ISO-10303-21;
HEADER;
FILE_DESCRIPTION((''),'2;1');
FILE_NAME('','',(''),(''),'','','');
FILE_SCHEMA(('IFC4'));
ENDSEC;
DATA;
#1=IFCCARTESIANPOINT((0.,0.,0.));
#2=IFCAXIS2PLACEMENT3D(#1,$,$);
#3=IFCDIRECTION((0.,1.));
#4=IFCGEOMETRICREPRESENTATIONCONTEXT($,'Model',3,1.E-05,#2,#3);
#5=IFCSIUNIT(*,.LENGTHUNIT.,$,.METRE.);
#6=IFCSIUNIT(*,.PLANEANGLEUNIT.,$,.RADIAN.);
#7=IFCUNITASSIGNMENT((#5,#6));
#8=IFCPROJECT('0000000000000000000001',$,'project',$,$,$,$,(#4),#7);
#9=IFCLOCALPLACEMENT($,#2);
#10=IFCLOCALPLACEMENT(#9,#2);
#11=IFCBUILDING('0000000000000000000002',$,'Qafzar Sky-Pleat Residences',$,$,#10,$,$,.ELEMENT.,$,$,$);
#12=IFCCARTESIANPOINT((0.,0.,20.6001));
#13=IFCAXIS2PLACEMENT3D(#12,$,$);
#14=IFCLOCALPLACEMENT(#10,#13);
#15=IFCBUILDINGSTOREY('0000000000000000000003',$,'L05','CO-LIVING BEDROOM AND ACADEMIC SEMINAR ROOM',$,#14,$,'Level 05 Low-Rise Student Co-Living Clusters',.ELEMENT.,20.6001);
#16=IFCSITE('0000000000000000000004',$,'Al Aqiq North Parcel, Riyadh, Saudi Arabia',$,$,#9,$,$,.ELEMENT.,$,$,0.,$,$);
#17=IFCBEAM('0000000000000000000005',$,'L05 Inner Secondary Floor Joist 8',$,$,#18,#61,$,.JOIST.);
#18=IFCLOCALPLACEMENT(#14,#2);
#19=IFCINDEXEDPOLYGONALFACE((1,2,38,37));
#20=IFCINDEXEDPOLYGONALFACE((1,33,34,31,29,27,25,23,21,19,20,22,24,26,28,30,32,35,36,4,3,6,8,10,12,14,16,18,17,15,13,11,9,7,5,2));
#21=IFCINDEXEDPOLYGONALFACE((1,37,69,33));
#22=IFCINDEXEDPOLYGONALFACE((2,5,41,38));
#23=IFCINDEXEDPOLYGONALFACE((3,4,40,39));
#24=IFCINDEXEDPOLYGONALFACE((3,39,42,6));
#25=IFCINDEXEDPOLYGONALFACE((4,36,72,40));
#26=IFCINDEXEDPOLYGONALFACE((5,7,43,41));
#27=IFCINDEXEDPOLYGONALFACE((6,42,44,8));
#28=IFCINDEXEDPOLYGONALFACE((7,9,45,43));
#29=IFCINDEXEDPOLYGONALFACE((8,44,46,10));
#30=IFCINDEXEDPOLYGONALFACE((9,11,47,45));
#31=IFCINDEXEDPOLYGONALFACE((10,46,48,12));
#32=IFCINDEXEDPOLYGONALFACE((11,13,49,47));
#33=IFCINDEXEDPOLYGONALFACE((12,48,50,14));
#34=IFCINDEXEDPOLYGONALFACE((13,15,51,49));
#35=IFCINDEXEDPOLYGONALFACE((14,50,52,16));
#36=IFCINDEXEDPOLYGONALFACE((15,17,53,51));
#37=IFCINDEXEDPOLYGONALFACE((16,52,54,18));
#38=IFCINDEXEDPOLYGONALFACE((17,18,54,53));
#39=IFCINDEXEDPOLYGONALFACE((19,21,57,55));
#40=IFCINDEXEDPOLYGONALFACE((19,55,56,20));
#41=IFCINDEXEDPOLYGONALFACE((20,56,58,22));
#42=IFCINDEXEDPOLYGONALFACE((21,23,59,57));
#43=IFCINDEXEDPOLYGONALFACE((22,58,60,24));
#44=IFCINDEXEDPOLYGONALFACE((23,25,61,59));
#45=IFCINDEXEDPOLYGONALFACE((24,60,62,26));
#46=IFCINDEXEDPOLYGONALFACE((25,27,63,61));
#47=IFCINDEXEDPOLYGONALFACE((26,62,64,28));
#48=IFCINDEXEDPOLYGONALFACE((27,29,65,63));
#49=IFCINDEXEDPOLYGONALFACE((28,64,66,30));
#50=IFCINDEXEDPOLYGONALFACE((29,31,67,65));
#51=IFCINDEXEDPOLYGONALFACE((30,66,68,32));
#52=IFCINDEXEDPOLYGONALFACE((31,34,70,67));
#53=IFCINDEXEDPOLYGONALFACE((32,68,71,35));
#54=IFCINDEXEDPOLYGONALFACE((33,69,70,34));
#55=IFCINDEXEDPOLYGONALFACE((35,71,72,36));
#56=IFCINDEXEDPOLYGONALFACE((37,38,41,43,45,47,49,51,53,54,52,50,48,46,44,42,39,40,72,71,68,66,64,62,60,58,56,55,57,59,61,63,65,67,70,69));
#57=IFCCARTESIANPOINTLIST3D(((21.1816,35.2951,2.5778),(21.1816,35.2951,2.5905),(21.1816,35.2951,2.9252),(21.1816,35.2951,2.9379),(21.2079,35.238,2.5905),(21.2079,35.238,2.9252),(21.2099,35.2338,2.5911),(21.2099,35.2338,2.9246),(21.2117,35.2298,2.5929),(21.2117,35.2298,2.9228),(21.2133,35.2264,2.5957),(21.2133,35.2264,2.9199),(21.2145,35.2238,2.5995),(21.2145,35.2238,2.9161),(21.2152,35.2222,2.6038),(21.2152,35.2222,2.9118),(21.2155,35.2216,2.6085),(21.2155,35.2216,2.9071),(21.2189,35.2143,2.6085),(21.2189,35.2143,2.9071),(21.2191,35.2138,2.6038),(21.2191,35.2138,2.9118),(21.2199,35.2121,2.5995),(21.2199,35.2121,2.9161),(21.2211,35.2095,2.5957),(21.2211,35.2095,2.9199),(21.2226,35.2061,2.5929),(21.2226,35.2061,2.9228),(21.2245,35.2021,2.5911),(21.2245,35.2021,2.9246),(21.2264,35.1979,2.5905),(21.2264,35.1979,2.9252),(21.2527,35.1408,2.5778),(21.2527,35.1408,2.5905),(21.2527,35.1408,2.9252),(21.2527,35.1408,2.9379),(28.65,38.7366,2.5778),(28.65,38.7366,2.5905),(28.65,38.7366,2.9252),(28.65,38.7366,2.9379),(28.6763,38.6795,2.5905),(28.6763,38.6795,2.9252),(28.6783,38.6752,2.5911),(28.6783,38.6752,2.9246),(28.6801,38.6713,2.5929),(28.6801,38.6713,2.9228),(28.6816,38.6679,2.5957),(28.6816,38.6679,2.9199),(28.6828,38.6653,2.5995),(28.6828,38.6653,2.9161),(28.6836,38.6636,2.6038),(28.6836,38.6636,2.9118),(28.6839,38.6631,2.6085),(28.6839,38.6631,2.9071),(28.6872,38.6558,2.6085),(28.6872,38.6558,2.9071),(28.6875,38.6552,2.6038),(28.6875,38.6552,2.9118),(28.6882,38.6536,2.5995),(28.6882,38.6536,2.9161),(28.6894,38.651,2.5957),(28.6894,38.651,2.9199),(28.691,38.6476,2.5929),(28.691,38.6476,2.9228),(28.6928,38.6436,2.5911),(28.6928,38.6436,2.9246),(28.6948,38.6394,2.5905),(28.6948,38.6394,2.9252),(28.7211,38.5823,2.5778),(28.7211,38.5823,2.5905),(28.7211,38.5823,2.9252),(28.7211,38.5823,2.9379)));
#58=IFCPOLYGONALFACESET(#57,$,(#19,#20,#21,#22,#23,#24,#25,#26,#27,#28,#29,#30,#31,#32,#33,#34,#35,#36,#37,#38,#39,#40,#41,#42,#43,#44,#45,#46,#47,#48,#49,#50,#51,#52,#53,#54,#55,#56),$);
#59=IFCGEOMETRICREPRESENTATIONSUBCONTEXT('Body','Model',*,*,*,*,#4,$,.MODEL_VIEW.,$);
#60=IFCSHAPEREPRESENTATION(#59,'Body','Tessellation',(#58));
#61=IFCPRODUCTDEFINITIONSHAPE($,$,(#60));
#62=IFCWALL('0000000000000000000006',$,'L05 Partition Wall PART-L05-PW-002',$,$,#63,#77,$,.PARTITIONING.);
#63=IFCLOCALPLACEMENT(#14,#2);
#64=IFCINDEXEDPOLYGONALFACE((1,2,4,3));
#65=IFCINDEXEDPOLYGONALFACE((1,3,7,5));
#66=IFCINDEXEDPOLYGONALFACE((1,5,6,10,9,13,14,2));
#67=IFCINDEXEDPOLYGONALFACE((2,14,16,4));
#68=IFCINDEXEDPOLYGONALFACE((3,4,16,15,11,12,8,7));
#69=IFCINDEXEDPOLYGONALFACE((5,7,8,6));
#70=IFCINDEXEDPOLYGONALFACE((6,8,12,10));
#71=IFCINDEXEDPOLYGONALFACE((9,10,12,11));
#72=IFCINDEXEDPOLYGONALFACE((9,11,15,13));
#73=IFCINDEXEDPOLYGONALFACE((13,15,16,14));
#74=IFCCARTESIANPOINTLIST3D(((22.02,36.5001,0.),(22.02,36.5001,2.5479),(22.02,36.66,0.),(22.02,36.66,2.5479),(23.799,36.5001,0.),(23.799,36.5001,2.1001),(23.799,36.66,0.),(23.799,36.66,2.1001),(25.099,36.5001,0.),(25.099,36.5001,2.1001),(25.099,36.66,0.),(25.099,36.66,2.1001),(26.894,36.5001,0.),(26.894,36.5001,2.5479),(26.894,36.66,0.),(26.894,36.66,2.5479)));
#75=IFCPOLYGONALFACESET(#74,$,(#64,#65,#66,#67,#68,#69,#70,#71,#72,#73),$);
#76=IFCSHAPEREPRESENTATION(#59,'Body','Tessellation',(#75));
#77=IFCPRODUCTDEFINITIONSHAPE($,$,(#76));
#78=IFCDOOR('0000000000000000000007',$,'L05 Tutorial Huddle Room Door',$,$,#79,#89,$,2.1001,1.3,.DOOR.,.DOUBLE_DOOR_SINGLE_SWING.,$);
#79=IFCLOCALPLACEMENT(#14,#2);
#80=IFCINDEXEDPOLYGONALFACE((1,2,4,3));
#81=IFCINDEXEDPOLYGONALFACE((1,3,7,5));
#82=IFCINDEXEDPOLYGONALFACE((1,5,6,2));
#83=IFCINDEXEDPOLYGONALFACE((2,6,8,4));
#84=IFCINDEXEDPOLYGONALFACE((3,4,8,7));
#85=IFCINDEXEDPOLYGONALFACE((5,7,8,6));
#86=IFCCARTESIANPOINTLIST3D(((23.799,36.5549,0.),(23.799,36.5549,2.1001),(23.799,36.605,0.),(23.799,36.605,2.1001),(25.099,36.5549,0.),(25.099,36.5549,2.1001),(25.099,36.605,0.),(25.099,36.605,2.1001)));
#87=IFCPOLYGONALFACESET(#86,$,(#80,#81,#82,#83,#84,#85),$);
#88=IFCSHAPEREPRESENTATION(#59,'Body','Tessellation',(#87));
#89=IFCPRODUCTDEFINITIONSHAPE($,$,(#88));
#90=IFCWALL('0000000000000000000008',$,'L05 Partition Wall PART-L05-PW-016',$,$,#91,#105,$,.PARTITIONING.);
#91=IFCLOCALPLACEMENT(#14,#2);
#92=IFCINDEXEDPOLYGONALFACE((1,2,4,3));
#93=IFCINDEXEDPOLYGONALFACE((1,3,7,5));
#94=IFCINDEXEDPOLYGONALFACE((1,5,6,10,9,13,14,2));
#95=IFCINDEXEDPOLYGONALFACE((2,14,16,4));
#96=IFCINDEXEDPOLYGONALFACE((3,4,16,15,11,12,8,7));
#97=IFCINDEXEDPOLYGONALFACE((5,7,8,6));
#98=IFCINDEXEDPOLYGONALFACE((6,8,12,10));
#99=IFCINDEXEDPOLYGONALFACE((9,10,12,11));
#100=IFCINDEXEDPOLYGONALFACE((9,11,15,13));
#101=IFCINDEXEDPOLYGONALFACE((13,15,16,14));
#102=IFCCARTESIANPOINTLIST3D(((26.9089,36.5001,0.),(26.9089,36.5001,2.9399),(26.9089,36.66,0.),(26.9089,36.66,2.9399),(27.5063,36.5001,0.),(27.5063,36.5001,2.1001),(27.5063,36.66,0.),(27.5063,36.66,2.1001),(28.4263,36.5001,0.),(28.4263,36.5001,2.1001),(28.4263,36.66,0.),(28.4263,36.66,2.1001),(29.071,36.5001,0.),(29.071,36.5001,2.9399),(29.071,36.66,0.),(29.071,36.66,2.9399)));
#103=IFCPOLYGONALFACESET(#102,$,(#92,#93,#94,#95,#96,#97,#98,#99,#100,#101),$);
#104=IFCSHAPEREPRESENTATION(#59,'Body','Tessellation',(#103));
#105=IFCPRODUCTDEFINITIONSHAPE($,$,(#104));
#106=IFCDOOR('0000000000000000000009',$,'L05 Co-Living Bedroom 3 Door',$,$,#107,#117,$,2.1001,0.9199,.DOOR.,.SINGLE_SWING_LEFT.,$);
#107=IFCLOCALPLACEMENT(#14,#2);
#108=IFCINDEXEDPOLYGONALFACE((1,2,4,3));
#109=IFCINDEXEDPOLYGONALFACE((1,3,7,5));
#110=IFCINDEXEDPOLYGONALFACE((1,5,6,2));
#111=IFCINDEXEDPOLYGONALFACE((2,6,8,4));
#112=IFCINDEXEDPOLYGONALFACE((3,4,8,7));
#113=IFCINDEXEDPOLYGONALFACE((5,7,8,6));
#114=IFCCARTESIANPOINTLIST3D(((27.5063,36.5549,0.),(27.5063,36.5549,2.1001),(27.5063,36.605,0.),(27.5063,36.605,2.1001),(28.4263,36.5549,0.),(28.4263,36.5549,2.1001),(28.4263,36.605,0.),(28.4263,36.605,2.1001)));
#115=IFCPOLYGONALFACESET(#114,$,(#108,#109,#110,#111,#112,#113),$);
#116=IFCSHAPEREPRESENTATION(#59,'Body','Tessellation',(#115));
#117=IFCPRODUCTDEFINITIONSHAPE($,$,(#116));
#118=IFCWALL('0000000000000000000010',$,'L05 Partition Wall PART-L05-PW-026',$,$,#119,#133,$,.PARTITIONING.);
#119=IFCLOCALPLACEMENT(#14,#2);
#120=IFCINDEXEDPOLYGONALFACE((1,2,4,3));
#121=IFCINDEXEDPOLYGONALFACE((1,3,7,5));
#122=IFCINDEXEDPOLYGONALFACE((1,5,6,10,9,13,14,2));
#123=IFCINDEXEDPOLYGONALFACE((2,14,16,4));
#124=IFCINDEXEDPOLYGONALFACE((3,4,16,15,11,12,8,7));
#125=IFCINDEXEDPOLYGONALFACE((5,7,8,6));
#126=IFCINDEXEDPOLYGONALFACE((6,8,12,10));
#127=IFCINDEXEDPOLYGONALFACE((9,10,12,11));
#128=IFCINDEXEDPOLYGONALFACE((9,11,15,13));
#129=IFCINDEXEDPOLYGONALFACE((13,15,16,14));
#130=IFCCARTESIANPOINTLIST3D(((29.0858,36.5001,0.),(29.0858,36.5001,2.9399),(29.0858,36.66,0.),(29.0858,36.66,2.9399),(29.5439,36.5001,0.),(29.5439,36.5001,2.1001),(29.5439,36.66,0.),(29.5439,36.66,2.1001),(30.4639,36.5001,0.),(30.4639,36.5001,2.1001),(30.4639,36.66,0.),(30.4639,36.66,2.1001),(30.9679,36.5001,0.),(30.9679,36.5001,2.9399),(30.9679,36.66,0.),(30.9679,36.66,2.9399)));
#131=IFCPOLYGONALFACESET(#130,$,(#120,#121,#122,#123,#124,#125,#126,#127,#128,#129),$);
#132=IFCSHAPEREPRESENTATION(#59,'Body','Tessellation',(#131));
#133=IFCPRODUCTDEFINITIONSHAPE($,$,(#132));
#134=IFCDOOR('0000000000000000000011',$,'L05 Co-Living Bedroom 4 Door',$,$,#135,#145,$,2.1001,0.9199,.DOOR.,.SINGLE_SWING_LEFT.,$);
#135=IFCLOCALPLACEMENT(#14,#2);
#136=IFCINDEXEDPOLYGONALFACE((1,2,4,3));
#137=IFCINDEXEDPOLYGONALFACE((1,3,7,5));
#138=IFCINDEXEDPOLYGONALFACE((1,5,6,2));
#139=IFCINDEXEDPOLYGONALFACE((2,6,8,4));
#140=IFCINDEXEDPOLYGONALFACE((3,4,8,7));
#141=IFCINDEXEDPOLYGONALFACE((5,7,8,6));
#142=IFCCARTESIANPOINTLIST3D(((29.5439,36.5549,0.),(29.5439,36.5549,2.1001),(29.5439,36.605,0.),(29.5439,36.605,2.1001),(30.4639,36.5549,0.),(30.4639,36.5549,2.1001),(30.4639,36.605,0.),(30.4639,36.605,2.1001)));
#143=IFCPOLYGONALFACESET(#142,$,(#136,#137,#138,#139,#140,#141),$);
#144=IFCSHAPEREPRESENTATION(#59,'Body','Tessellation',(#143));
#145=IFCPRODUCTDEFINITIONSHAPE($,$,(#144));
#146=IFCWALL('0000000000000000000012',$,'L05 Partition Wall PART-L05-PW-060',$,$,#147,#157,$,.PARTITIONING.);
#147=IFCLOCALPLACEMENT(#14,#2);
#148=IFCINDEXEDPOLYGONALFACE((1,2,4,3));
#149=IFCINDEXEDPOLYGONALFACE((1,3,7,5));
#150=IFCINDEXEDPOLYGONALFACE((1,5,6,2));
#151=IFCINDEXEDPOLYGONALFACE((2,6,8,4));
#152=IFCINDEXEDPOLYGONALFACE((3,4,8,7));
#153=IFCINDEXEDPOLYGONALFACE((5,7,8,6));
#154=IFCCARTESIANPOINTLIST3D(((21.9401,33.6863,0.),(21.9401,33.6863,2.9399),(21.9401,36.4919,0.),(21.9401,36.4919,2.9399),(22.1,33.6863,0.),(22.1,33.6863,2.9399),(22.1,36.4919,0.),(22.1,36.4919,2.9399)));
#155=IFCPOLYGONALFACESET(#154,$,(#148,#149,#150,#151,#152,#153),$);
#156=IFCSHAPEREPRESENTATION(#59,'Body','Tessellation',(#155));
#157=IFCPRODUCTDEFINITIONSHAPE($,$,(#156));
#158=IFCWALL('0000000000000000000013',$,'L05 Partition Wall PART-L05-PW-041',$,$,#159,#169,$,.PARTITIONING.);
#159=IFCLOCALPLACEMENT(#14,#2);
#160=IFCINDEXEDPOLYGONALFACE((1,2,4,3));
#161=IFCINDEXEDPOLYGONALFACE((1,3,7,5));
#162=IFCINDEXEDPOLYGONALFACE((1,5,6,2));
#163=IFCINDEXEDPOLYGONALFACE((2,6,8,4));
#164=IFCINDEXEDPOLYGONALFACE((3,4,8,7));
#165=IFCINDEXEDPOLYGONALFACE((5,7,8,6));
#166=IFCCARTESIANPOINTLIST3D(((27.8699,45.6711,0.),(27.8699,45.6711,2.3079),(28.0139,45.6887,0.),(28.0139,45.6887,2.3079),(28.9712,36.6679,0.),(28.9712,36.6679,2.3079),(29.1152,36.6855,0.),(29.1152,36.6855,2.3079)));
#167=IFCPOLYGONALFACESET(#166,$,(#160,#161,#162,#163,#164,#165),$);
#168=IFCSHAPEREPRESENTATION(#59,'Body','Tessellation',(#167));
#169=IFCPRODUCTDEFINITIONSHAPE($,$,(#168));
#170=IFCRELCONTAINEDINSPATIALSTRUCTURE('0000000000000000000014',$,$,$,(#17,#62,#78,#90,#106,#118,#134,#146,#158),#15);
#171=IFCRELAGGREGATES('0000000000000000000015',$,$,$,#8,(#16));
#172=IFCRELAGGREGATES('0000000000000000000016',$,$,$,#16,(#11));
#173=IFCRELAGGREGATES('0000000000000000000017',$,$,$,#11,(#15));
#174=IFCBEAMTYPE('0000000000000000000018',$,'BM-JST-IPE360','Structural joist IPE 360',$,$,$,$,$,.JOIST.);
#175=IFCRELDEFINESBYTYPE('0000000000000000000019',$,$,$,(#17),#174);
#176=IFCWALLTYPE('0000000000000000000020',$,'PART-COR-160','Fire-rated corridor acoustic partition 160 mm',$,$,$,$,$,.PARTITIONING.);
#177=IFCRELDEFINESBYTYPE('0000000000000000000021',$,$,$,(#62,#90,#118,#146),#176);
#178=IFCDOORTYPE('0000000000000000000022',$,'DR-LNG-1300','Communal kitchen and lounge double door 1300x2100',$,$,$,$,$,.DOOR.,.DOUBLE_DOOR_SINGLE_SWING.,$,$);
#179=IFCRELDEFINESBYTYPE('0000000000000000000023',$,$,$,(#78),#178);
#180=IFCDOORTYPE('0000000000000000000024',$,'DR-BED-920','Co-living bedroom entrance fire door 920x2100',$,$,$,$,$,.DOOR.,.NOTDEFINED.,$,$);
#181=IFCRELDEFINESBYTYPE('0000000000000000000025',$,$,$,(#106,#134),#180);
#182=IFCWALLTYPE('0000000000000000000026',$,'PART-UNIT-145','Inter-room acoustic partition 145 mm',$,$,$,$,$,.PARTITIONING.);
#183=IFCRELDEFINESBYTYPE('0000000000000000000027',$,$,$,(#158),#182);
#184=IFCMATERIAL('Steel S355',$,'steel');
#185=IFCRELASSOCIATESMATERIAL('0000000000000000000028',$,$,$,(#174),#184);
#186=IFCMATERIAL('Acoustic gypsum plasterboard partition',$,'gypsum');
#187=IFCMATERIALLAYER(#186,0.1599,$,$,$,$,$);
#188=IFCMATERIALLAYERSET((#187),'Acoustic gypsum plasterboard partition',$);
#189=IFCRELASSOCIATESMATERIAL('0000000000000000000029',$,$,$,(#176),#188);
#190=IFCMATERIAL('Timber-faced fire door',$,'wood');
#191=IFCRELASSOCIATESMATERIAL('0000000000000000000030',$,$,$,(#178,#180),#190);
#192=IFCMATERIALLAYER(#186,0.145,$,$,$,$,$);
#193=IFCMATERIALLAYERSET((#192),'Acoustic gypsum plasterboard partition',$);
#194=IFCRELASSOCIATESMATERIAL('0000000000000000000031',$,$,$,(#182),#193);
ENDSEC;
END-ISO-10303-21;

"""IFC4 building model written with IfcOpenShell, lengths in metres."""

from ifc_helpers import new_model, si_unit, direction, frame, frame_2d, origin, origin_2d, place, context, subcontext, project, spatial, rectangle, i_section, extrude, source, transform, mapped, material, layer, layer_set, material_profile, profile_set, type_object, element, fill, save


model = new_model("IFC4")

# Units and contexts
model_context = context("Model", 3, precision=1e-05, world=origin(), true_north=direction((0.0, 1.0)))
body_context = subcontext(model_context, "Body", "Model", "MODEL_VIEW")
ifc_project = project(units=[si_unit("LENGTHUNIT", "METRE"), si_unit("PLANEANGLEUNIT", "RADIAN")], contexts=[model_context])

# Site, building, storey
site_placement = place(None, origin())
site = spatial("IfcSite", under=ifc_project, at=site_placement, Name="Al Aqiq North Parcel, Riyadh, Saudi Arabia", CompositionType="ELEMENT", RefElevation=0.0)
building_placement = place(site_placement, origin())
building = spatial("IfcBuilding", under=site, at=building_placement, Name="Qafzar Sky-Pleat Residences", CompositionType="ELEMENT")
storey_placement = place(building_placement, frame((0.0, 0.0, 20.6001)))
storey = spatial("IfcBuildingStorey", under=building, at=storey_placement, Name="L05", Description="CO-LIVING BEDROOM AND ACADEMIC SEMINAR ROOM", LongName="Level 05 Low-Rise Student Co-Living Clusters", CompositionType="ELEMENT", Elevation=20.6001)

# Beam
ifc_material_1 = material(Name="Steel S355", Category="steel")
ifc_material_profile_1 = material_profile(ifc_material_1, i_section(OverallWidth=0.1699, OverallDepth=0.3601, WebThickness=0.0081, FlangeThickness=0.0127, FilletRadius=0.0181, at=origin_2d()), Name="IPE 360")
ifc_profile_set_1 = profile_set([ifc_material_profile_1], Name="Steel S355")
beam_type_1 = type_object("IfcBeamType", Name="BM-JST-IPE360", Description="Structural joist IPE 360", PredefinedType="JOIST", material=ifc_profile_set_1)
shared_shape_1 = source(origin(), body_context, "Body", "SweptSolid", [
    extrude(i_section(OverallWidth=0.1699, OverallDepth=0.3601, WebThickness=0.0081, FlangeThickness=0.0127, FilletRadius=0.0181, at=origin_2d()), origin(), (0.0, 0.0, 1.0), 8.2231),
])
beam_1_placement = place(storey_placement, frame((28.6855, 38.6594, 2.7578), z_axis=(-0.908213, -0.418508, 0.0), x_axis=(0.418508, -0.908213, 0.0)))
element("IfcBeam", 1, at=beam_1_placement, inside=storey, type_object=beam_type_1, Name="L05 Inner Secondary Floor Joist 8", PredefinedType="JOIST", context=body_context, shape_type="MappedRepresentation", body=[
    mapped(shared_shape_1, transform((0.0, 0.0, 0.0), x_axis=(1.0, 0.0, 0.0), y_axis=(0.0, 1.0, 0.0), z_axis=(0.0, 0.0, 1.0), scale=1.0)),
])

# Walls, openings, doors
ifc_material_2 = material(Name="Acoustic gypsum plasterboard partition", Category="gypsum")
ifc_layer_1 = layer(ifc_material_2, 0.1599)
ifc_layer_set_1 = layer_set([ifc_layer_1], Name="Acoustic gypsum plasterboard partition")
wall_type_1 = type_object("IfcWallType", Name="PART-COR-160", Description="Fire-rated corridor acoustic partition 160 mm", PredefinedType="PARTITIONING", material=ifc_layer_set_1)
wall_1_placement = place(storey_placement, frame((22.02, 36.5801, 0.0), z_axis=(0.0, 0.0, 1.0), x_axis=(1.0, 0.0, 0.0)))
wall_1 = element("IfcWall", 2, at=wall_1_placement, inside=storey, type_object=wall_type_1, Name="L05 Partition Wall PART-L05-PW-002", PredefinedType="PARTITIONING", context=body_context, shape_type="SweptSolid", body=[
    extrude(rectangle(XDim=4.874, YDim=0.1599, at=frame_2d((2.437, 0.0))), origin(), (0.0, 0.0, 1.0), 2.5479),
])
opening_1_placement = place(wall_1_placement, frame((1.7791, 0.0, 0.0)))
opening_1 = element("IfcOpeningElement", 3, at=opening_1_placement, cuts=wall_1, PredefinedType="OPENING", context=body_context, shape_type="SweptSolid", body=[
    extrude(rectangle(XDim=1.3, YDim=2.1001, at=frame_2d((0.6499, 1.05))), frame((0.0, 0.0898, 0.0), z_axis=(0.0, -1.0, 0.0), x_axis=(1.0, 0.0, 0.0)), (0.0, 0.0, 1.0), 0.1799),
])
ifc_material_3 = material(Name="Timber-faced fire door", Category="wood")
door_type_1 = type_object("IfcDoorType", Name="DR-LNG-1300", Description="Communal kitchen and lounge double door 1300x2100", OperationType="DOUBLE_DOOR_SINGLE_SWING", PredefinedType="DOOR", material=ifc_material_3)
shared_shape_2 = source(origin(), body_context, "Body", "SweptSolid", [
    extrude(rectangle(XDim=1.3, YDim=2.1001, at=frame_2d((0.6499, 1.05))), frame((0.0, 0.0249, 0.0), z_axis=(0.0, -1.0, 0.0), x_axis=(1.0, 0.0, 0.0)), (0.0, 0.0, 1.0), 0.05),
])
door_1_placement = place(opening_1_placement, origin())
door_1 = element("IfcDoor", 4, at=door_1_placement, inside=storey, type_object=door_type_1, Name="L05 Tutorial Huddle Room Door", OperationType="DOUBLE_DOOR_SINGLE_SWING", OverallHeight=2.1001, OverallWidth=1.3, PredefinedType="DOOR", context=body_context, shape_type="MappedRepresentation", body=[
    mapped(shared_shape_2, transform((0.0, 0.0, 0.0), x_axis=(1.0, 0.0, 0.0), y_axis=(0.0, 1.0, 0.0), z_axis=(0.0, 0.0, 1.0), scale=1.0)),
])
fill(opening_1, door_1)
wall_2_placement = place(storey_placement, frame((26.9089, 36.5801, 0.0), z_axis=(0.0, 0.0, 1.0), x_axis=(1.0, 0.0, 0.0)))
wall_2 = element("IfcWall", 5, at=wall_2_placement, inside=storey, type_object=wall_type_1, Name="L05 Partition Wall PART-L05-PW-016", PredefinedType="PARTITIONING", context=body_context, shape_type="SweptSolid", body=[
    extrude(rectangle(XDim=2.1621, YDim=0.1599, at=frame_2d((1.0811, 0.0))), origin(), (0.0, 0.0, 1.0), 2.9399),
])
opening_2_placement = place(wall_2_placement, frame((0.5974, 0.0, 0.0)))
opening_2 = element("IfcOpeningElement", 6, at=opening_2_placement, cuts=wall_2, PredefinedType="OPENING", context=body_context, shape_type="SweptSolid", body=[
    extrude(rectangle(XDim=0.9199, YDim=2.1001, at=frame_2d((0.46, 1.05))), frame((0.0, 0.0898, 0.0), z_axis=(0.0, -1.0, 0.0), x_axis=(1.0, 0.0, 0.0)), (0.0, 0.0, 1.0), 0.1799),
])
door_type_2 = type_object("IfcDoorType", Name="DR-BED-920", Description="Co-living bedroom entrance fire door 920x2100", OperationType="NOTDEFINED", PredefinedType="DOOR", material=ifc_material_3)
shared_shape_3 = source(origin(), body_context, "Body", "SweptSolid", [
    extrude(rectangle(XDim=0.9199, YDim=2.1001, at=frame_2d((0.46, 1.05))), frame((0.0, 0.0249, 0.0), z_axis=(0.0, -1.0, 0.0), x_axis=(1.0, 0.0, 0.0)), (0.0, 0.0, 1.0), 0.05),
])
door_2_placement = place(opening_2_placement, origin())
door_2 = element("IfcDoor", 7, at=door_2_placement, inside=storey, type_object=door_type_2, Name="L05 Co-Living Bedroom 3 Door", OperationType="SINGLE_SWING_LEFT", OverallHeight=2.1001, OverallWidth=0.9199, PredefinedType="DOOR", context=body_context, shape_type="MappedRepresentation", body=[
    mapped(shared_shape_3, transform((0.0, 0.0, 0.0), x_axis=(1.0, 0.0, 0.0), y_axis=(0.0, 1.0, 0.0), z_axis=(0.0, 0.0, 1.0), scale=1.0)),
])
fill(opening_2, door_2)
wall_3_placement = place(storey_placement, frame((29.0859, 36.5801, 0.0), z_axis=(0.0, 0.0, 1.0), x_axis=(1.0, 0.0, 0.0)))
wall_3 = element("IfcWall", 8, at=wall_3_placement, inside=storey, type_object=wall_type_1, Name="L05 Partition Wall PART-L05-PW-026", PredefinedType="PARTITIONING", context=body_context, shape_type="SweptSolid", body=[
    extrude(rectangle(XDim=1.8821, YDim=0.1599, at=frame_2d((0.9409, 0.0))), origin(), (0.0, 0.0, 1.0), 2.9399),
])
opening_3_placement = place(wall_3_placement, frame((0.458, 0.0, 0.0)))
opening_3 = element("IfcOpeningElement", 9, at=opening_3_placement, cuts=wall_3, PredefinedType="OPENING", context=body_context, shape_type="SweptSolid", body=[
    extrude(rectangle(XDim=0.9199, YDim=2.1001, at=frame_2d((0.46, 1.05))), frame((0.0, 0.0898, 0.0), z_axis=(0.0, -1.0, 0.0), x_axis=(1.0, 0.0, 0.0)), (0.0, 0.0, 1.0), 0.1799),
])
door_3_placement = place(opening_3_placement, origin())
door_3 = element("IfcDoor", 10, at=door_3_placement, inside=storey, type_object=door_type_2, Name="L05 Co-Living Bedroom 4 Door", OperationType="SINGLE_SWING_LEFT", OverallHeight=2.1001, OverallWidth=0.9199, PredefinedType="DOOR", context=body_context, shape_type="MappedRepresentation", body=[
    mapped(shared_shape_3, transform((0.0, 0.0, 0.0), x_axis=(1.0, 0.0, 0.0), y_axis=(0.0, 1.0, 0.0), z_axis=(0.0, 0.0, 1.0), scale=1.0)),
])
fill(opening_3, door_3)

# Walls
wall_4_placement = place(storey_placement, frame((22.02, 33.6863, 0.0), z_axis=(0.0, 0.0, 1.0), x_axis=(0.0, 1.0, 0.0)))
element("IfcWall", 11, at=wall_4_placement, inside=storey, type_object=wall_type_1, Name="L05 Partition Wall PART-L05-PW-060", PredefinedType="PARTITIONING", context=body_context, shape_type="SweptSolid", body=[
    extrude(rectangle(XDim=2.8057, YDim=0.1599, at=frame_2d((1.4028, 0.0))), origin(), (0.0, 0.0, 1.0), 2.9399),
])
ifc_layer_2 = layer(ifc_material_2, 0.145)
ifc_layer_set_2 = layer_set([ifc_layer_2], Name="Acoustic gypsum plasterboard partition")
wall_type_2 = type_object("IfcWallType", Name="PART-UNIT-145", Description="Inter-room acoustic partition 145 mm", PredefinedType="PARTITIONING", material=ifc_layer_set_2)
wall_5_placement = place(storey_placement, frame((27.9419, 45.6799, 0.0), z_axis=(0.0, 0.0, 1.0), x_axis=(0.121421, -0.992601, 0.0)))
element("IfcWall", 12, at=wall_5_placement, inside=storey, type_object=wall_type_2, Name="L05 Partition Wall PART-L05-PW-041", PredefinedType="PARTITIONING", context=body_context, shape_type="SweptSolid", body=[
    extrude(rectangle(XDim=9.0703, YDim=0.145, at=frame_2d((4.5352, 0.0))), origin(), (0.0, 0.0, 1.0), 2.3079),
])

save(model, "model.ifc")
